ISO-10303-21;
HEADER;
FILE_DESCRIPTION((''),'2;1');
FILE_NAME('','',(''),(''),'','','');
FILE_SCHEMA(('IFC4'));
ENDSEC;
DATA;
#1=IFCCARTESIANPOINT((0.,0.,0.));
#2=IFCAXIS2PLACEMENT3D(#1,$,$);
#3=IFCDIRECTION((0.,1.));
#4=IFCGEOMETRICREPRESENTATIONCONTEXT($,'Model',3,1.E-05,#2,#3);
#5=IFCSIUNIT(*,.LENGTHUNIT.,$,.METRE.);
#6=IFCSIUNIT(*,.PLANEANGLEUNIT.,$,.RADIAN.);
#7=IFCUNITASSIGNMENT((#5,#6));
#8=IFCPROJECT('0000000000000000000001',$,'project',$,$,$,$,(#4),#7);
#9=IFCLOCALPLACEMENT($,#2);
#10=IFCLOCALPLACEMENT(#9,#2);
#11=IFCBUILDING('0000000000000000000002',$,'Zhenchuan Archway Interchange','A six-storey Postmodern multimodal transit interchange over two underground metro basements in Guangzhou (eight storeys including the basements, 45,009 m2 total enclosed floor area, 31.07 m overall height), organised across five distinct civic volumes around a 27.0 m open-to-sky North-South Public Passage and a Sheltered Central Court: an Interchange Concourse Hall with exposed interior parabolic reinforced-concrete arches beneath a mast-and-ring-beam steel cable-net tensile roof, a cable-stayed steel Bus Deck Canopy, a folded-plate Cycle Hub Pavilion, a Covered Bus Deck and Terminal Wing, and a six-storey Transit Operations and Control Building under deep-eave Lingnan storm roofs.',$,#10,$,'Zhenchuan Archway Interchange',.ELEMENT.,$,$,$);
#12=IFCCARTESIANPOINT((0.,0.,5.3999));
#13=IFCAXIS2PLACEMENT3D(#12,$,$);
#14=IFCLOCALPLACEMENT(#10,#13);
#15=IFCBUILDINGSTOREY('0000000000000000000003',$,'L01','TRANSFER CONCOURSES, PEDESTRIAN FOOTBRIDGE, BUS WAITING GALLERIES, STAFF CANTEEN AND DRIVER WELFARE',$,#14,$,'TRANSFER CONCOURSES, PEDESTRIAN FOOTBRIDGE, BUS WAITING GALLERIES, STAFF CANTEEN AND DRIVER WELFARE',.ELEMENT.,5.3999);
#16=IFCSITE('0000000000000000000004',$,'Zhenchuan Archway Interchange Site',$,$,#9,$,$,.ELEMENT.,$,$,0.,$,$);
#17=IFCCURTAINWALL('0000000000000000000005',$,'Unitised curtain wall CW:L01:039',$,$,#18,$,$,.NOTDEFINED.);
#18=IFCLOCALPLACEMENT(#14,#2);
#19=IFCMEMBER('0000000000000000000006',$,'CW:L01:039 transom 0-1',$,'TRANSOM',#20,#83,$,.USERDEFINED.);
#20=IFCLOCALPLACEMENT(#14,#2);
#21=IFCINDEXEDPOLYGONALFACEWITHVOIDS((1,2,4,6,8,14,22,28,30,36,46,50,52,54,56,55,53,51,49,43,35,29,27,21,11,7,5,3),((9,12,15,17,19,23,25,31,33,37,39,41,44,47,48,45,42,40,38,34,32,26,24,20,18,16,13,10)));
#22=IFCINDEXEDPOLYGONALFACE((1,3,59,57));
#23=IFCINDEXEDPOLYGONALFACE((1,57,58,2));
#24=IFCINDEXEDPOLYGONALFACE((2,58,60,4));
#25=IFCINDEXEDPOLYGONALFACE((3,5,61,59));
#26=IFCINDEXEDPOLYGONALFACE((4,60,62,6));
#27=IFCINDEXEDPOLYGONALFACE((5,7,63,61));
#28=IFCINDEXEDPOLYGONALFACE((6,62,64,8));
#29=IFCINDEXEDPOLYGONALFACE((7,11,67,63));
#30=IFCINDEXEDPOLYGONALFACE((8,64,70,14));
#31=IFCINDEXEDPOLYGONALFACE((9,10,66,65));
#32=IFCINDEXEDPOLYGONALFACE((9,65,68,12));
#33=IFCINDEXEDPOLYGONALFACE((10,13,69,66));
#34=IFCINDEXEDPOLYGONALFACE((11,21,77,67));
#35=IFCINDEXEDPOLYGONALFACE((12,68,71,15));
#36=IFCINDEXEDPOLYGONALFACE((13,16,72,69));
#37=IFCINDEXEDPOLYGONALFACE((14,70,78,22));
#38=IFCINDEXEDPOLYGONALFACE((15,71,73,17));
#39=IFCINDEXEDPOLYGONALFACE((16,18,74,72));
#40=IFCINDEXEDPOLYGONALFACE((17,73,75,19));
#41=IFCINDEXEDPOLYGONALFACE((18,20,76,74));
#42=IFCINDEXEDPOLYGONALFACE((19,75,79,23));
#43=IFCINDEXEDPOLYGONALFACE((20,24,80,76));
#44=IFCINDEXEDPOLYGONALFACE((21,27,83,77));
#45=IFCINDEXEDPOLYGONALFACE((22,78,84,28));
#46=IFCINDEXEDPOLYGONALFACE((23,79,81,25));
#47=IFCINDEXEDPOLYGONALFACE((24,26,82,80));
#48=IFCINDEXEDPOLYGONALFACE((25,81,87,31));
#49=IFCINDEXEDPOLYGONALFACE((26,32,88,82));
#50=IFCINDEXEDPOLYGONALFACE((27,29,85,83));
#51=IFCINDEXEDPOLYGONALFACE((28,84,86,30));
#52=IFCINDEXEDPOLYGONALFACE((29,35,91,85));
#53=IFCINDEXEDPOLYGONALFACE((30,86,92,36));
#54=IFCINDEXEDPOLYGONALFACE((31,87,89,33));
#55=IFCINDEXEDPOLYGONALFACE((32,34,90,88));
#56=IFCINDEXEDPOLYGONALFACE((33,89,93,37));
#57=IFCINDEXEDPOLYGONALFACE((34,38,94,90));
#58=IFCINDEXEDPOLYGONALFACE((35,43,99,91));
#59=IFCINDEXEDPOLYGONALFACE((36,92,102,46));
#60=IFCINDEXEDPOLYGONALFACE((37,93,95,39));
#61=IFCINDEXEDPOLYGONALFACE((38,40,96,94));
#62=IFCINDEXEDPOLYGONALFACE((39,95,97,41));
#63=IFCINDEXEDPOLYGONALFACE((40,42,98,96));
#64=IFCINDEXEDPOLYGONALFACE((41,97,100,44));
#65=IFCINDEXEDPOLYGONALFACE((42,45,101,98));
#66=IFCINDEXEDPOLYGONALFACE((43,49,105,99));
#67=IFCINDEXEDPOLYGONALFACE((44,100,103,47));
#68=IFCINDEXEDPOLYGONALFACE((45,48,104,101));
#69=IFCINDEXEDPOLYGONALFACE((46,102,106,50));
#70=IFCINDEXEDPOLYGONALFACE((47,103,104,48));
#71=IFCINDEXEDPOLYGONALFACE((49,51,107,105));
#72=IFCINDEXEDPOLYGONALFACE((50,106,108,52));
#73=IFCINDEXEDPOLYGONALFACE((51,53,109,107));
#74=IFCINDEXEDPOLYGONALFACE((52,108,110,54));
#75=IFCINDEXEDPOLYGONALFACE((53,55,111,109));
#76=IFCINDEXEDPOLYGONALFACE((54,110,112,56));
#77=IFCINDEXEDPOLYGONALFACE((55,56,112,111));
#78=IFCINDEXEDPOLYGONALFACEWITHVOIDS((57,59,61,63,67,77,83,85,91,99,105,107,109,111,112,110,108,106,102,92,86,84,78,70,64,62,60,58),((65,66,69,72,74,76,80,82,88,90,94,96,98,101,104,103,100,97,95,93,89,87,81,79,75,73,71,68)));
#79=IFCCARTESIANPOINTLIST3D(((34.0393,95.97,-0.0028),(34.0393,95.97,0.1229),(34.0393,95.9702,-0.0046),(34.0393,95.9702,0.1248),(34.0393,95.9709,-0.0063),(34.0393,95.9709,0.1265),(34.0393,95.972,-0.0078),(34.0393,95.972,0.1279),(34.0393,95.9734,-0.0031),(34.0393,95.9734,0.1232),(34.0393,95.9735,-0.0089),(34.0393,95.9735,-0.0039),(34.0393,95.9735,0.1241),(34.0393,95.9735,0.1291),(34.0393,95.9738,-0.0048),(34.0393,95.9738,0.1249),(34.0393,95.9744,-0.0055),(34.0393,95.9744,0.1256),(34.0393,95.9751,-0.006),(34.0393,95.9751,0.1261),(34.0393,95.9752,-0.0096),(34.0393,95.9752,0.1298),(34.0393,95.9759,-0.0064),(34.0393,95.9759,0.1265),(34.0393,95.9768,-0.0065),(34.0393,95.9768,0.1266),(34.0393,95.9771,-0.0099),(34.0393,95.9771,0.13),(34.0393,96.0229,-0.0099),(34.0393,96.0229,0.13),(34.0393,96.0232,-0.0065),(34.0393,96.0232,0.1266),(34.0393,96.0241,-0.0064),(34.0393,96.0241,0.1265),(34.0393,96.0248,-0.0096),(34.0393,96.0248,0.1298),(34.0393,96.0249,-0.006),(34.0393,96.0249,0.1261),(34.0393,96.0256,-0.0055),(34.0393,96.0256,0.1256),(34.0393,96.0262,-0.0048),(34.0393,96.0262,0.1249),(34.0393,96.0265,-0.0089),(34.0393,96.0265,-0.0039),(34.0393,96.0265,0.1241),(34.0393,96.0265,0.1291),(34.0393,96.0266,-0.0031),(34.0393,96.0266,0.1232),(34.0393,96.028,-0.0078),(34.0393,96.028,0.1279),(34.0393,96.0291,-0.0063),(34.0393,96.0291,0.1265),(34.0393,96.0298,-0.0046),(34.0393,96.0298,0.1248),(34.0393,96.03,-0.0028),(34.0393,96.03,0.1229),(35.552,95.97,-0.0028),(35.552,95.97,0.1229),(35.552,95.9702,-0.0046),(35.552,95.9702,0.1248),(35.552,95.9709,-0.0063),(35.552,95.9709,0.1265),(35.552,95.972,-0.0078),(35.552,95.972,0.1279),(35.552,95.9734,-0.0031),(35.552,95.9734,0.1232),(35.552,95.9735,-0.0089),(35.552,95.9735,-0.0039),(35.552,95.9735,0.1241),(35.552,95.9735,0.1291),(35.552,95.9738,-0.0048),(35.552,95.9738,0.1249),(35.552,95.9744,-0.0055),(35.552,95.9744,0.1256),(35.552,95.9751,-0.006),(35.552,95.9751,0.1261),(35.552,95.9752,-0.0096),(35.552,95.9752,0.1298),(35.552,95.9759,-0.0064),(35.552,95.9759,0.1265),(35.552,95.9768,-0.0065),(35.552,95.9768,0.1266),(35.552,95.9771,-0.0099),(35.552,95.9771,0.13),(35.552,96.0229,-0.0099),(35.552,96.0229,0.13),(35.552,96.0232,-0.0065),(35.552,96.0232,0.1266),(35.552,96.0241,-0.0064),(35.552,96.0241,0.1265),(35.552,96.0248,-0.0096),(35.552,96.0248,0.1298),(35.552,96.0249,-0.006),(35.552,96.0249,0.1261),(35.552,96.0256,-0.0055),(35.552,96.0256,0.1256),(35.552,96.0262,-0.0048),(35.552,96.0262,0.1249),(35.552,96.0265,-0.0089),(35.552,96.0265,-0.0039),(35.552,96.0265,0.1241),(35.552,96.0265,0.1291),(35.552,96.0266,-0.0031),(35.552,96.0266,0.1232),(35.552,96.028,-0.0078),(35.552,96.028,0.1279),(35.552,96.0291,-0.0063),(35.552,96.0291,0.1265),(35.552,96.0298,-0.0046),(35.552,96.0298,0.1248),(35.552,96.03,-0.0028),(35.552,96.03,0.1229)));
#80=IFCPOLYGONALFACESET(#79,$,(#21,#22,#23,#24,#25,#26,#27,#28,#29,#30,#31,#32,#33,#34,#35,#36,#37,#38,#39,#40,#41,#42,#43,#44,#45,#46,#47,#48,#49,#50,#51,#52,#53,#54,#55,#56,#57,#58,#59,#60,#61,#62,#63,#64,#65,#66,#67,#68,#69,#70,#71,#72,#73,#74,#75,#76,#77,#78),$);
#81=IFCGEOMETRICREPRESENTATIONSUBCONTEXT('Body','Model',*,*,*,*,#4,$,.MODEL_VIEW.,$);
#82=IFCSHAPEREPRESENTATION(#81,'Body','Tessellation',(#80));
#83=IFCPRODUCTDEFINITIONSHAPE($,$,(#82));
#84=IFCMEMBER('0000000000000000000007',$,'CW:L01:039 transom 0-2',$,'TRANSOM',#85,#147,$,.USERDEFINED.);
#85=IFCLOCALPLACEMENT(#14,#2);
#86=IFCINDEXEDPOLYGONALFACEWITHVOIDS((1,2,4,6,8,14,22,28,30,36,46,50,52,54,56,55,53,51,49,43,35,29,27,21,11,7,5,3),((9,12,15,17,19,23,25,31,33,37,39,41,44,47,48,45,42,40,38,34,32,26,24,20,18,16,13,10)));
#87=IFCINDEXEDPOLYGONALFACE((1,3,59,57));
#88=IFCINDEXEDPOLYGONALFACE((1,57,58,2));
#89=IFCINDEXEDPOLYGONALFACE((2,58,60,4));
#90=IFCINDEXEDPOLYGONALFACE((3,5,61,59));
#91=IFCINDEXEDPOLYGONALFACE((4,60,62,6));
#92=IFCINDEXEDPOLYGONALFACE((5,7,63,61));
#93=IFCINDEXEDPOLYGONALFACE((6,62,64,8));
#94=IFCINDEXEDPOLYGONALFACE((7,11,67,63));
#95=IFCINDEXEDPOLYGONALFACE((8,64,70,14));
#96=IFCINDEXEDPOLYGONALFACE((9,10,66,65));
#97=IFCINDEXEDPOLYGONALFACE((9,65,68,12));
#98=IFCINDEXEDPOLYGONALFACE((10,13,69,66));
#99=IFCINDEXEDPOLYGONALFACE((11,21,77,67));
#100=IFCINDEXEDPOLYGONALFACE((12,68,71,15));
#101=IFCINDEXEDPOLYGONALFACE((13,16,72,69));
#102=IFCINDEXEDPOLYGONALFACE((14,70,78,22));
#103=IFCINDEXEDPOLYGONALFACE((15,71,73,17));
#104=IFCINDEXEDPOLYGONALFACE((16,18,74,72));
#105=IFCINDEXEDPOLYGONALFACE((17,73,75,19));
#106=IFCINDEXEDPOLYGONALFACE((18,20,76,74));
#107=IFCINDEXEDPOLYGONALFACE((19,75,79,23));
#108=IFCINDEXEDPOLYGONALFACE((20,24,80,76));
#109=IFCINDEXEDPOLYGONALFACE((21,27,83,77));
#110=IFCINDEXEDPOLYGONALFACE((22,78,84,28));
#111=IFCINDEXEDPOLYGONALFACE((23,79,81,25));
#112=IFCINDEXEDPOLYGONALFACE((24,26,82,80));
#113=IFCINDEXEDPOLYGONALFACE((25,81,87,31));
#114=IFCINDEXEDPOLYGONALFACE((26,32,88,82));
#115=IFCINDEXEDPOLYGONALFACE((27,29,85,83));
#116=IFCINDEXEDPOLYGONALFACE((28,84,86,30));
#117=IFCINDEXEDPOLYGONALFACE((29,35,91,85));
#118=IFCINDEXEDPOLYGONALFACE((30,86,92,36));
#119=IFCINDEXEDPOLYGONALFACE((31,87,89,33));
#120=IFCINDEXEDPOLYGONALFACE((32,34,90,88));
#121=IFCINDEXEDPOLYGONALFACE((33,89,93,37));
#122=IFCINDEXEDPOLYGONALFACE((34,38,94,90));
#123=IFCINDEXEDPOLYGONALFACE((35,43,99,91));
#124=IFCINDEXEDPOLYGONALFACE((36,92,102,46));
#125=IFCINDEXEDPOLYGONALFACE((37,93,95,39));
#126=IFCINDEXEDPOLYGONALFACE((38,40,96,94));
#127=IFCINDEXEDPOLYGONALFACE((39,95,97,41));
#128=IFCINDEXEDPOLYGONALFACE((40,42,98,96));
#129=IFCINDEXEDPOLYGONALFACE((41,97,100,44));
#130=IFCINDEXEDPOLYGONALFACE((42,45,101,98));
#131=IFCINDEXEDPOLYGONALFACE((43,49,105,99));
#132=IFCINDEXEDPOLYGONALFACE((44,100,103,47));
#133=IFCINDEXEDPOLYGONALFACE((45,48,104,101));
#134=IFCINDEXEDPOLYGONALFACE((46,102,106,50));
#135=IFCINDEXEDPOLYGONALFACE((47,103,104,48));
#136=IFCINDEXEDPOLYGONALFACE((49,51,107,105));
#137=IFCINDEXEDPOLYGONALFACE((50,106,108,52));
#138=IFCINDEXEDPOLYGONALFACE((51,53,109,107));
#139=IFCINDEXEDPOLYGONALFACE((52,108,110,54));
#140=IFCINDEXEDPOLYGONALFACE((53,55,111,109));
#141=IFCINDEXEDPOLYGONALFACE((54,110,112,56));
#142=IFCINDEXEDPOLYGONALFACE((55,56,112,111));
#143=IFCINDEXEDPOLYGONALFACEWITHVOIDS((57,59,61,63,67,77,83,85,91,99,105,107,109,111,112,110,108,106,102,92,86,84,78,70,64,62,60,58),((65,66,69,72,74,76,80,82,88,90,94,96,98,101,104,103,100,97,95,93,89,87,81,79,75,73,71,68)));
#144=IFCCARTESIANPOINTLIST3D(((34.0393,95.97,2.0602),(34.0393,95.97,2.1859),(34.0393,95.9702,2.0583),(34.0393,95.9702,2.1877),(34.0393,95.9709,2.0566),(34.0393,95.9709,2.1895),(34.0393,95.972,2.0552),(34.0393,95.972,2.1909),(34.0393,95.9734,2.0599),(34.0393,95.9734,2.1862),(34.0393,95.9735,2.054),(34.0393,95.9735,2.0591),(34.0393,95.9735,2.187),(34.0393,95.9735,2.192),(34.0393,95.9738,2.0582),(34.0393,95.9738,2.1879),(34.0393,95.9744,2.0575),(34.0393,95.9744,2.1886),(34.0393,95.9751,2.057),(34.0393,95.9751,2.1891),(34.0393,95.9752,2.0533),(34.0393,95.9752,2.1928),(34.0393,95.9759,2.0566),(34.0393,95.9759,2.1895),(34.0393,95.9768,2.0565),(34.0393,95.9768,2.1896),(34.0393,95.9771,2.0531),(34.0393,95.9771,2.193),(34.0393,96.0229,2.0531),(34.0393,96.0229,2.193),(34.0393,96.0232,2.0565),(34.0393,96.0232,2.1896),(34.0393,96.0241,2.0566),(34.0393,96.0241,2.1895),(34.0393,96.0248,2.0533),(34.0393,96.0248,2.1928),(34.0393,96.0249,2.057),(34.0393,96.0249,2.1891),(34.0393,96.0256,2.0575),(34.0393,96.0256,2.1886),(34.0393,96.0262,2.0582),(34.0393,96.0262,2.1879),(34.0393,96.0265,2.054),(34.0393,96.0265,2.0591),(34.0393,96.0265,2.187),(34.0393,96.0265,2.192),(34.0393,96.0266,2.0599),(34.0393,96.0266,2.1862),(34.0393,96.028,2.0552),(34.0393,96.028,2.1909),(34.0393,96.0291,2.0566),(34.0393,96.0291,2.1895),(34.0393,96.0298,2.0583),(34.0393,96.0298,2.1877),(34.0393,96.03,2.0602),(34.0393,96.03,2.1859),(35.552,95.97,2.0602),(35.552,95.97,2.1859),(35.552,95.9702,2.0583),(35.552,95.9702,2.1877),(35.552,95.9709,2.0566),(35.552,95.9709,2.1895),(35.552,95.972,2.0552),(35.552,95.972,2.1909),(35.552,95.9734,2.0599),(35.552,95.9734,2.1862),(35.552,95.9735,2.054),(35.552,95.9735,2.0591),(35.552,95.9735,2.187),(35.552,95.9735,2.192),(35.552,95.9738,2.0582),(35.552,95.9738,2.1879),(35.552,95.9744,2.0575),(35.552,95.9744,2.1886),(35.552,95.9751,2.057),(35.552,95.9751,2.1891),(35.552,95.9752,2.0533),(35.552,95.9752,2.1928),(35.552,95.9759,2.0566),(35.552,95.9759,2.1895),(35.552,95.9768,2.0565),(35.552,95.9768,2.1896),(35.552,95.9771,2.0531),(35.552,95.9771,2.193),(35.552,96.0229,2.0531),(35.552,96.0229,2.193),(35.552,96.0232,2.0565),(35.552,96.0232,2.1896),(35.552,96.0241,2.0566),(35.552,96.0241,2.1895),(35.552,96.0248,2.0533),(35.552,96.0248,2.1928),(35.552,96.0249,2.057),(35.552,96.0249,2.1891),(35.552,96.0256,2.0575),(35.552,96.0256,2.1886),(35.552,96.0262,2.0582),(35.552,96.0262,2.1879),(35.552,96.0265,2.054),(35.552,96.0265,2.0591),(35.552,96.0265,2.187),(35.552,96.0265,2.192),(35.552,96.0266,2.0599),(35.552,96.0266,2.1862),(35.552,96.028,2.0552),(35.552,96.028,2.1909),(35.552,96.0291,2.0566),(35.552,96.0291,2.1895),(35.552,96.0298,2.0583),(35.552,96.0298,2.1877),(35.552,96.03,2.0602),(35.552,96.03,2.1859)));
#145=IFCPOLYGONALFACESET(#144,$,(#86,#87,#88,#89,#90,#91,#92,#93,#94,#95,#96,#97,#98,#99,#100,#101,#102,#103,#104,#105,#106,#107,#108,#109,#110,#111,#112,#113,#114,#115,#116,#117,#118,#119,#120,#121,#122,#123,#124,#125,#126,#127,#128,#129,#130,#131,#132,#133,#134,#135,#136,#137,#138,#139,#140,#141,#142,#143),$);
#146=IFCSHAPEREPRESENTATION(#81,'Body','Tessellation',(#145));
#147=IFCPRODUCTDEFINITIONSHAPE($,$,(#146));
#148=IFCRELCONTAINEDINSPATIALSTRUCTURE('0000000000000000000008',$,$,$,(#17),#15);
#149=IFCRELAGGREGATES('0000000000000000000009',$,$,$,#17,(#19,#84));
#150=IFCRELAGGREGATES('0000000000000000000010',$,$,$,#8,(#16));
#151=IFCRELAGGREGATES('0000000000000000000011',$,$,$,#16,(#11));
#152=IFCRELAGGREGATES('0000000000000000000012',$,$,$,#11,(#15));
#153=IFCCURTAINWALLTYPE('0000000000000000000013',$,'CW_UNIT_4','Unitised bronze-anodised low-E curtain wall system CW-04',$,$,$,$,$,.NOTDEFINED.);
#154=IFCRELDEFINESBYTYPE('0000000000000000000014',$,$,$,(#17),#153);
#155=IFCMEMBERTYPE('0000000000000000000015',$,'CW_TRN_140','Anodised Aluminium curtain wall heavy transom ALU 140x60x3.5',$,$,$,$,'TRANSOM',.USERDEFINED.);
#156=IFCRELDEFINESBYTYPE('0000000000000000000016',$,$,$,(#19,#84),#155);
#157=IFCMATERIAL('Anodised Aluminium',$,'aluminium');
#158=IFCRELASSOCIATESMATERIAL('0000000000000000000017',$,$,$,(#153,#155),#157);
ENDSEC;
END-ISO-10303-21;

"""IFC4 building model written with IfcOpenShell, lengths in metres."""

from ifc_helpers import new_model, si_unit, direction, frame, origin, origin_2d, place, context, subcontext, project, spatial, hollow_rectangle, extrude, material, material_profile, profile_set, type_object, element, aggregate, save


model = new_model("IFC4")

# Units and contexts
model_context = context("Model", 3, precision=1e-05, world=origin(), true_north=direction((0.0, 1.0)))
body_context = subcontext(model_context, "Body", "Model", "MODEL_VIEW")
ifc_project = project(units=[si_unit("LENGTHUNIT", "METRE"), si_unit("PLANEANGLEUNIT", "RADIAN")], contexts=[model_context])

# Site, building, storey
site_placement = place(None, origin())
site = spatial("IfcSite", under=ifc_project, at=site_placement, Name="Zhenchuan Archway Interchange Site", CompositionType="ELEMENT", RefElevation=0.0)
building_placement = place(site_placement, origin())
building = spatial("IfcBuilding", under=site, at=building_placement, Name="Zhenchuan Archway Interchange", Description="A six-storey Postmodern multimodal transit interchange over two underground metro basements in Guangzhou (eight storeys including the basements, 45,009 m2 total enclosed floor area, 31.07 m overall height), organised across five distinct civic volumes around a 27.0 m open-to-sky North-South Public Passage and a Sheltered Central Court: an Interchange Concourse Hall with exposed interior parabolic reinforced-concrete arches beneath a mast-and-ring-beam steel cable-net tensile roof, a cable-stayed steel Bus Deck Canopy, a folded-plate Cycle Hub Pavilion, a Covered Bus Deck and Terminal Wing, and a six-storey Transit Operations and Control Building under deep-eave Lingnan storm roofs.", LongName="Zhenchuan Archway Interchange", CompositionType="ELEMENT")
storey_placement = place(building_placement, frame((0.0, 0.0, 5.3999)))
storey = spatial("IfcBuildingStorey", under=building, at=storey_placement, Name="L01", Description="TRANSFER CONCOURSES, PEDESTRIAN FOOTBRIDGE, BUS WAITING GALLERIES, STAFF CANTEEN AND DRIVER WELFARE", LongName="TRANSFER CONCOURSES, PEDESTRIAN FOOTBRIDGE, BUS WAITING GALLERIES, STAFF CANTEEN AND DRIVER WELFARE", CompositionType="ELEMENT", Elevation=5.3999)

# Curtain wall, members
ifc_material_1 = material(Name="Anodised Aluminium", Category="aluminium")
curtain_wall_type = type_object("IfcCurtainWallType", Name="CW_UNIT_4", Description="Unitised bronze-anodised low-E curtain wall system CW-04", PredefinedType="NOTDEFINED", material=ifc_material_1)
curtain_wall_placement = place(storey_placement, origin())
curtain_wall = element("IfcCurtainWall", 1, at=curtain_wall_placement, inside=storey, type_object=curtain_wall_type, Name="Unitised curtain wall CW:L01:039", PredefinedType="NOTDEFINED")
ifc_material_profile_1 = material_profile(ifc_material_1, hollow_rectangle(XDim=0.0601, YDim=0.1399, WallThickness=0.0034, InnerFilletRadius=0.0034, OuterFilletRadius=0.0071, at=origin_2d()), Name="ALU 140x60x3.5")
ifc_profile_set_1 = profile_set([ifc_material_profile_1], Name="Anodised Aluminium")
member_type_1 = type_object("IfcMemberType", Name="CW_TRN_140", Description="Anodised Aluminium curtain wall heavy transom ALU 140x60x3.5", ElementType="TRANSOM", PredefinedType="USERDEFINED", material=ifc_profile_set_1)
member_1_placement = place(storey_placement, frame((35.552, 96.0, 0.0601), z_axis=(-1.0, 0.0, 0.0), x_axis=(0.0, -1.0, 0.0)))
member_1 = element("IfcMember", 2, at=member_1_placement, type_object=member_type_1, Name="CW:L01:039 transom 0-1", ObjectType="TRANSOM", PredefinedType="USERDEFINED", context=body_context, shape_type="SweptSolid", body=[
    extrude(hollow_rectangle(XDim=0.0601, YDim=0.1399, WallThickness=0.0034, InnerFilletRadius=0.0034, OuterFilletRadius=0.0071, at=origin_2d()), origin(), (0.0, 0.0, 1.0), 1.5127),
])
member_2_placement = place(storey_placement, frame((35.552, 96.0, 2.123), z_axis=(-1.0, 0.0, 0.0), x_axis=(0.0, -1.0, 0.0)))
member_2 = element("IfcMember", 3, at=member_2_placement, type_object=member_type_1, Name="CW:L01:039 transom 0-2", ObjectType="TRANSOM", PredefinedType="USERDEFINED", context=body_context, shape_type="SweptSolid", body=[
    extrude(hollow_rectangle(XDim=0.0601, YDim=0.1399, WallThickness=0.0034, InnerFilletRadius=0.0034, OuterFilletRadius=0.0071, at=origin_2d()), origin(), (0.0, 0.0, 1.0), 1.5127),
])

aggregate(curtain_wall, [member_1, member_2])

save(model, "model.ifc")
